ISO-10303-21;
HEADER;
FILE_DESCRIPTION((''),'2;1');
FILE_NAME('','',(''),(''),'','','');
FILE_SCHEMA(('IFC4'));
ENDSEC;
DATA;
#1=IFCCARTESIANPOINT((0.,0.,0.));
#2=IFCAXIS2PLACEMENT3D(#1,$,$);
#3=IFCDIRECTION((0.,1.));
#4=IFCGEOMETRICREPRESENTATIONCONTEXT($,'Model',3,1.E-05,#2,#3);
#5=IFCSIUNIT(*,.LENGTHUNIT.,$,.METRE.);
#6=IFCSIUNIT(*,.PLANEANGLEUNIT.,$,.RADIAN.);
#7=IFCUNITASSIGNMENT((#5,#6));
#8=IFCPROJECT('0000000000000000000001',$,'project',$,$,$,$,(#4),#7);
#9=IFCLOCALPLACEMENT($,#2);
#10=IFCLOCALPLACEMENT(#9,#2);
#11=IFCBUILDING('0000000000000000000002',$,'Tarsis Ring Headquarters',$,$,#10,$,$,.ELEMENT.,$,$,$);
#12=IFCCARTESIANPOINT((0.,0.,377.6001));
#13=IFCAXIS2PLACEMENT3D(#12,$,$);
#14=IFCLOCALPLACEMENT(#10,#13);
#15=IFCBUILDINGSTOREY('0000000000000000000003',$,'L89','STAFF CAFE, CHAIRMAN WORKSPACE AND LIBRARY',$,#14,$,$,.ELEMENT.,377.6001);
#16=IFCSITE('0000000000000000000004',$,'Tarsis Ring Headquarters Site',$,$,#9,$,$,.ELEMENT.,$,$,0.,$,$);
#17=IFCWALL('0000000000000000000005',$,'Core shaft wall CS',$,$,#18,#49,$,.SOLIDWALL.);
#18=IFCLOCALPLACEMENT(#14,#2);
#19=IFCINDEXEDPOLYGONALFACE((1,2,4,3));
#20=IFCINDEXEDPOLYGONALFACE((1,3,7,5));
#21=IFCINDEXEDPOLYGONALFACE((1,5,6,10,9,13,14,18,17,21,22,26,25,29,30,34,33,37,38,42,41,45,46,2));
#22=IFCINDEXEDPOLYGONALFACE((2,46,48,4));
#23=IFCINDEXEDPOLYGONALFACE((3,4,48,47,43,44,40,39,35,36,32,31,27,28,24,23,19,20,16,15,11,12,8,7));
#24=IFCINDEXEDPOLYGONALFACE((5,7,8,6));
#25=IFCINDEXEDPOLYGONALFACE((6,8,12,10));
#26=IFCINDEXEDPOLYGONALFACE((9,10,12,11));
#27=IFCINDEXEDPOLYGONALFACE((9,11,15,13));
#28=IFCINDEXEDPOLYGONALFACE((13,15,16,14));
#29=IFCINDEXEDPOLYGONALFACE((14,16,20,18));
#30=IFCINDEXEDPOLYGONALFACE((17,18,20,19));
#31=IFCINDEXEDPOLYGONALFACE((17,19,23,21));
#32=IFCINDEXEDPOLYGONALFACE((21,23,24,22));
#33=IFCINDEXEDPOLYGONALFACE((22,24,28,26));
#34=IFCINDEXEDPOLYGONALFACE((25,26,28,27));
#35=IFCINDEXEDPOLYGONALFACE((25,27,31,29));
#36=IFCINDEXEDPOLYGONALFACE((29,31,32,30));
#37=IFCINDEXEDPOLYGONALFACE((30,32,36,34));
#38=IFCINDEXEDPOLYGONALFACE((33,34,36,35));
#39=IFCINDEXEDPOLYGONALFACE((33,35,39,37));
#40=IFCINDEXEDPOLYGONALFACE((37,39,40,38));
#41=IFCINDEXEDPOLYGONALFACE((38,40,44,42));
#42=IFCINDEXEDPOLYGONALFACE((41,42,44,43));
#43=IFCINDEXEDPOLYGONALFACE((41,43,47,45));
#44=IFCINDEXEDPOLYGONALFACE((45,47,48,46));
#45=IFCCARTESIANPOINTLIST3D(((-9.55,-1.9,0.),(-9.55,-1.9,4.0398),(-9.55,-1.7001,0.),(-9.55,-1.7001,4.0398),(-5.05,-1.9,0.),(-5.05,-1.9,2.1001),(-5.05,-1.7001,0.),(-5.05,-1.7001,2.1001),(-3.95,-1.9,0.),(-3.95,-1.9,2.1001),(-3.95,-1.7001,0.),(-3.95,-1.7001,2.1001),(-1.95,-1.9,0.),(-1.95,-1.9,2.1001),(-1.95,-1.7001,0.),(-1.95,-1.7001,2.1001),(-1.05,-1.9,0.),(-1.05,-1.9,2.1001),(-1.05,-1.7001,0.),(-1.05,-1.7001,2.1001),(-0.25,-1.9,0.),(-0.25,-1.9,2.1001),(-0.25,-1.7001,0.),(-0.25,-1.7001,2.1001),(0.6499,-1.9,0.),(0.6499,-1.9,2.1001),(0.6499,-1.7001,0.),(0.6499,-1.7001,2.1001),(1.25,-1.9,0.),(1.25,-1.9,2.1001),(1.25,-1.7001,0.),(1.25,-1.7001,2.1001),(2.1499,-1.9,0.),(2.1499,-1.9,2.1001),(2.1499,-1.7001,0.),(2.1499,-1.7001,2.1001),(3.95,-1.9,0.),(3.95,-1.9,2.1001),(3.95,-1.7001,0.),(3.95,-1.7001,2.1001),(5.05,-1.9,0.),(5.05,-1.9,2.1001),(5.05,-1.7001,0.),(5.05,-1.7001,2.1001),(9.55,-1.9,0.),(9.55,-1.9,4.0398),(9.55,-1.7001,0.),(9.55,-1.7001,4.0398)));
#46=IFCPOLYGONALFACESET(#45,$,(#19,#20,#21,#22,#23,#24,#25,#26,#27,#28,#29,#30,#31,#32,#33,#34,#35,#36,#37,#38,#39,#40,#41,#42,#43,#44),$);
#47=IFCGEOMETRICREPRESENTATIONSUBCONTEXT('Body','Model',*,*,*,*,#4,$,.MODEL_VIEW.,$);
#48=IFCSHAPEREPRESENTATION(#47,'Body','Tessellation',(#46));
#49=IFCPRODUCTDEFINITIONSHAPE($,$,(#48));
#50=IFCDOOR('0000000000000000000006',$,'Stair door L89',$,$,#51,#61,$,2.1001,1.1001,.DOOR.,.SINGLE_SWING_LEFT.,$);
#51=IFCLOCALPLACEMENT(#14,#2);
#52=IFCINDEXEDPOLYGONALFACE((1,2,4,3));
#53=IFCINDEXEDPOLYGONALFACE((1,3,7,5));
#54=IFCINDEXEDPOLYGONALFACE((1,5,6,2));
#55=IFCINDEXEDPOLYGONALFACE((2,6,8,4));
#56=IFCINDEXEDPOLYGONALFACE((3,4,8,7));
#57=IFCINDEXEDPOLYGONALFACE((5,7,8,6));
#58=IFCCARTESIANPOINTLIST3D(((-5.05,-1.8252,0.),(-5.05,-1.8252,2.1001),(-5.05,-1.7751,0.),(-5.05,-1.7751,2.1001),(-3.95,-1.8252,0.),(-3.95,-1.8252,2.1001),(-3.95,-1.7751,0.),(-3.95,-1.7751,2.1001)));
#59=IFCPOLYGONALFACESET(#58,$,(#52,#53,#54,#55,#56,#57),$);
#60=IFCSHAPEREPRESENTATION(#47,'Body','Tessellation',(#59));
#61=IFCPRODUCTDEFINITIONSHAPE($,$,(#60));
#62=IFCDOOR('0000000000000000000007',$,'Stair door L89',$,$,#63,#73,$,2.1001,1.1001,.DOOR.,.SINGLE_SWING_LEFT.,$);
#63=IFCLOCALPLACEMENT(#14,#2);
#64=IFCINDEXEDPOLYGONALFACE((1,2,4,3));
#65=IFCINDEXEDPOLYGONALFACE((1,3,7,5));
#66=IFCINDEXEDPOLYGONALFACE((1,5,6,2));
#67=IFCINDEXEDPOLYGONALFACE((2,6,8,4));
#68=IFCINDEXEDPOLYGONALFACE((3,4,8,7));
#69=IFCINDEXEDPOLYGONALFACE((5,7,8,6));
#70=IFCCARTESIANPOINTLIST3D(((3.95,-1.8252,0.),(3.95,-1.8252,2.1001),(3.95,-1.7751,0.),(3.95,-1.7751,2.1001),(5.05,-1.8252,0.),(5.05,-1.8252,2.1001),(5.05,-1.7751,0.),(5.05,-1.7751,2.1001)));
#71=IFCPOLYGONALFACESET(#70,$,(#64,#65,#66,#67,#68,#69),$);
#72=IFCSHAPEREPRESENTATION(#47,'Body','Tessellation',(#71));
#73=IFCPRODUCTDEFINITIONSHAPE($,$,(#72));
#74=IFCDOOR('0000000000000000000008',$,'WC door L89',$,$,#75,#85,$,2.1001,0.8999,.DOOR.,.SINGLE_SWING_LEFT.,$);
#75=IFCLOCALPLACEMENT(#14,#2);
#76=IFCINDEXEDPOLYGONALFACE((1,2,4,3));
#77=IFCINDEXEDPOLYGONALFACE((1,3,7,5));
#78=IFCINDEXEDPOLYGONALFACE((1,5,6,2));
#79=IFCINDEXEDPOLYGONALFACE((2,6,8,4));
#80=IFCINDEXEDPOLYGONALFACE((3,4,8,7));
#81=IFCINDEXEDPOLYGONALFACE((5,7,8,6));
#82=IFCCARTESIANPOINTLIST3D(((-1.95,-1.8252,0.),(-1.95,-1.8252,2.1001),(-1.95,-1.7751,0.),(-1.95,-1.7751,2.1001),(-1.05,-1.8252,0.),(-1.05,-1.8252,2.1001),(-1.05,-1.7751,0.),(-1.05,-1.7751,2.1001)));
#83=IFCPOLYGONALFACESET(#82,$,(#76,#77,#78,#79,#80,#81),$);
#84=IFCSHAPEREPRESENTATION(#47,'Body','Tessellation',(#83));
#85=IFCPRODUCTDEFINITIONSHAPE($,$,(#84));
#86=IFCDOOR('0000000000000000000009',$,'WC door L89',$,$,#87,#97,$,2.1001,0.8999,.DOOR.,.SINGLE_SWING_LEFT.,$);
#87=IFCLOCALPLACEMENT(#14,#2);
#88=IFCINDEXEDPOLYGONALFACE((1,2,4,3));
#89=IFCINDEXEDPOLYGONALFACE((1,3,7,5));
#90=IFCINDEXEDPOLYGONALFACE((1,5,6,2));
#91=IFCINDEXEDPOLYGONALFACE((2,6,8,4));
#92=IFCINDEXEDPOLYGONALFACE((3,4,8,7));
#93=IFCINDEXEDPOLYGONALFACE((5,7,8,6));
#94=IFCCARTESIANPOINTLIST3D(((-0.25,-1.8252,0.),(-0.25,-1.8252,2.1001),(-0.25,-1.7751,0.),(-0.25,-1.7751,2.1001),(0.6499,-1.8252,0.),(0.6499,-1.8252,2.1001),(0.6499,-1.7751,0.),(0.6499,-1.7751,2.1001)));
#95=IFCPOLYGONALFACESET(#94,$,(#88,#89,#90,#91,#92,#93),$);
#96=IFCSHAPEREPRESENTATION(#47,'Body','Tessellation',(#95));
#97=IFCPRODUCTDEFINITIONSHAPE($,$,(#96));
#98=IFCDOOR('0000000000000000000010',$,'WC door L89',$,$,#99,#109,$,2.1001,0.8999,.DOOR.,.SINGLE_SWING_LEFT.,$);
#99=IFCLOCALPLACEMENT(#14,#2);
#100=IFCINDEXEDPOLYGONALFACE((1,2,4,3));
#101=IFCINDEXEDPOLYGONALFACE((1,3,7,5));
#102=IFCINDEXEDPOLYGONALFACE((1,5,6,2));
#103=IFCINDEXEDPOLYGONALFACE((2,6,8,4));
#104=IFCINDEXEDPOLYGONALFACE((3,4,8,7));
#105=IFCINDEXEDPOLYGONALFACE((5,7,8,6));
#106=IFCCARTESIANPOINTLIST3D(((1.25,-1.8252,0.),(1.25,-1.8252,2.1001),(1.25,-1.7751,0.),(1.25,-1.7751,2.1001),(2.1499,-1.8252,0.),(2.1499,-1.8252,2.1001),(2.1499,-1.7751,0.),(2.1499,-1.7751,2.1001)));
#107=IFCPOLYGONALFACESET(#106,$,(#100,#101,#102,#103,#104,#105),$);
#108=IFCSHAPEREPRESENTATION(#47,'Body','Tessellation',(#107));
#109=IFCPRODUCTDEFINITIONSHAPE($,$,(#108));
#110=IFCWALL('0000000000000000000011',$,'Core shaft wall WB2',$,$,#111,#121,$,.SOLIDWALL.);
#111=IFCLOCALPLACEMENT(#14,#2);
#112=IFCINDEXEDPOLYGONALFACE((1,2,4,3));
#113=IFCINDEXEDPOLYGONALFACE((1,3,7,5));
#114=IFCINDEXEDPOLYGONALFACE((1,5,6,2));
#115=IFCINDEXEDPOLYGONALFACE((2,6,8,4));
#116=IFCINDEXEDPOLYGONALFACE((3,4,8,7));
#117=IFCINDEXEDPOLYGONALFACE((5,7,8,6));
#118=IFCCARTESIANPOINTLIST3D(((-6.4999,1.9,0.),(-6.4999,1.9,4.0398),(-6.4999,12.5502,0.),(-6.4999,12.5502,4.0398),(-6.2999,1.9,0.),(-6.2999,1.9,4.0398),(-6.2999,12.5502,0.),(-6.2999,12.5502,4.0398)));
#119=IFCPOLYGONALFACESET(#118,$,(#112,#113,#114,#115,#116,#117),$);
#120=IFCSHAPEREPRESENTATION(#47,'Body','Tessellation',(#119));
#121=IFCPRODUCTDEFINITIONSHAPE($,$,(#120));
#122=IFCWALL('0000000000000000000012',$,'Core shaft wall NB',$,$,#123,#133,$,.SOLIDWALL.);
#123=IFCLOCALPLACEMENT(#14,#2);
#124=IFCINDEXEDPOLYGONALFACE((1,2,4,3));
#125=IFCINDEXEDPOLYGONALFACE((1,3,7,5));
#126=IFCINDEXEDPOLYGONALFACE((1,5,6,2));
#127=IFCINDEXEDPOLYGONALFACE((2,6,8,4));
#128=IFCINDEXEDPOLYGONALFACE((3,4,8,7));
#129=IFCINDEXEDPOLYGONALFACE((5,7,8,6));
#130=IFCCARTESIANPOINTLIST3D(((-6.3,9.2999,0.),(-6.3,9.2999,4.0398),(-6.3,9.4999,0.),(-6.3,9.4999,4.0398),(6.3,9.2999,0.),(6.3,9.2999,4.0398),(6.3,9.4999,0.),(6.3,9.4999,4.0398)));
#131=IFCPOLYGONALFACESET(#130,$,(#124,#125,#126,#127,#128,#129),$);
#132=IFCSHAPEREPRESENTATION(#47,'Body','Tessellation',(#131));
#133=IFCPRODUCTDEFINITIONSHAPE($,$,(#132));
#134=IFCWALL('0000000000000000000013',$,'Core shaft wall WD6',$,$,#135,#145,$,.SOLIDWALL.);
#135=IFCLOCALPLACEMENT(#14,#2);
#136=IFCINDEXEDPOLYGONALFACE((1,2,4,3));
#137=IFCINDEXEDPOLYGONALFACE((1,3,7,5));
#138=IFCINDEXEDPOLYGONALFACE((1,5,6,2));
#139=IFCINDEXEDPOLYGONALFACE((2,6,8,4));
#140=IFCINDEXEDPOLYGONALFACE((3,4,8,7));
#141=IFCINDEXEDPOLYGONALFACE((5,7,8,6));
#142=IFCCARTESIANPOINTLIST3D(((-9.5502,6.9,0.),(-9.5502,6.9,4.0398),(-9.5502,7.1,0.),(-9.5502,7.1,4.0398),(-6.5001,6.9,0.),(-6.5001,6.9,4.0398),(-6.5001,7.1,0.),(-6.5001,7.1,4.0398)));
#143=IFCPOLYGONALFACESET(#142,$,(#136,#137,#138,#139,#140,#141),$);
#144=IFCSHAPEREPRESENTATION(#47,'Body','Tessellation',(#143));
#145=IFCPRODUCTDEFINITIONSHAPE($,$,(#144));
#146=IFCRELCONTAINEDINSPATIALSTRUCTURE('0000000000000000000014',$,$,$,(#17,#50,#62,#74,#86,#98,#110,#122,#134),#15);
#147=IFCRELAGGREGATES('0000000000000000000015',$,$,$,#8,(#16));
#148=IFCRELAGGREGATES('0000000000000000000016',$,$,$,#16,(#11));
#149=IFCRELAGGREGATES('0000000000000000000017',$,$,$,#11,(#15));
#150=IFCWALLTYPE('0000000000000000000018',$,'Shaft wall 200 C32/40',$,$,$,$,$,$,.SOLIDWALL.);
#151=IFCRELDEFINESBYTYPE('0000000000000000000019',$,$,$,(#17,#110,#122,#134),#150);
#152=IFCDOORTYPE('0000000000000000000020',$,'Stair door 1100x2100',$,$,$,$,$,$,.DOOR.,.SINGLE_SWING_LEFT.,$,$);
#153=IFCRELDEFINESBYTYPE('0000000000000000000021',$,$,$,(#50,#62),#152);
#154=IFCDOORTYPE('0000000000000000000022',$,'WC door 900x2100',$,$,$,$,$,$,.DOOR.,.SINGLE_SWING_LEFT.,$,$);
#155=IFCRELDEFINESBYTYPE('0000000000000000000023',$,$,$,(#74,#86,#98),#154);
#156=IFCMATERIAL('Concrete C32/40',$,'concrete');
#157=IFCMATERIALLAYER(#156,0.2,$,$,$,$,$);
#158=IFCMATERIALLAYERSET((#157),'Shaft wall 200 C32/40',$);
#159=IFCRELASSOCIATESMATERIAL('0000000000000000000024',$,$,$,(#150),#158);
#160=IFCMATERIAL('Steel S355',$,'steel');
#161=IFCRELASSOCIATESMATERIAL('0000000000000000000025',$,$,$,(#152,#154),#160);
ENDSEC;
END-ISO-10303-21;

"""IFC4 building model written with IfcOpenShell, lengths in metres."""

from ifc_helpers import new_model, si_unit, direction, frame, frame_2d, origin, place, context, subcontext, project, spatial, rectangle, extrude, material, layer, layer_set, type_object, element, fill, save


model = new_model("IFC4")

# Units and contexts
model_context = context("Model", 3, precision=1e-05, world=origin(), true_north=direction((0.0, 1.0)))
body_context = subcontext(model_context, "Body", "Model", "MODEL_VIEW")
ifc_project = project(units=[si_unit("LENGTHUNIT", "METRE"), si_unit("PLANEANGLEUNIT", "RADIAN")], contexts=[model_context])

# Site, building, storey
site_placement = place(None, origin())
site = spatial("IfcSite", under=ifc_project, at=site_placement, Name="Tarsis Ring Headquarters Site", CompositionType="ELEMENT", RefElevation=0.0)
building_placement = place(site_placement, origin())
building = spatial("IfcBuilding", under=site, at=building_placement, Name="Tarsis Ring Headquarters", CompositionType="ELEMENT")
storey_placement = place(building_placement, frame((0.0, 0.0, 377.6001)))
storey = spatial("IfcBuildingStorey", under=building, at=storey_placement, Name="L89", Description="STAFF CAFE, CHAIRMAN WORKSPACE AND LIBRARY", CompositionType="ELEMENT", Elevation=377.6001)

# Shared definitions
ifc_material_1 = material(Name="Steel S355", Category="steel")

# Shared definitions
ifc_material_2 = material(Name="Concrete C32/40", Category="concrete")

# Wall, openings, doors
ifc_layer_1 = layer(ifc_material_2, 0.2)
ifc_layer_set_1 = layer_set([ifc_layer_1], Name="Shaft wall 200 C32/40")
wall_type_1 = type_object("IfcWallType", Name="Shaft wall 200 C32/40", PredefinedType="SOLIDWALL", material=ifc_layer_set_1)
door_type_1 = type_object("IfcDoorType", Name="Stair door 1100x2100", OperationType="SINGLE_SWING_LEFT", PredefinedType="DOOR", material=ifc_material_1)
wall_1_placement = place(storey_placement, frame((-9.55, -1.8, 0.0), z_axis=(0.0, 0.0, 1.0), x_axis=(1.0, 0.0, 0.0)))
wall_1 = element("IfcWall", 1, at=wall_1_placement, inside=storey, type_object=wall_type_1, Name="Core shaft wall CS", PredefinedType="SOLIDWALL", context=body_context, shape_type="SweptSolid", body=[
    extrude(rectangle(XDim=19.1001, YDim=0.2, at=frame_2d((9.55, 0.0))), origin(), (0.0, 0.0, 1.0), 4.0398),
])
opening_1_placement = place(wall_1_placement, frame((4.5, 0.0, 0.0)))
opening_1 = element("IfcOpeningElement", 2, at=opening_1_placement, cuts=wall_1, PredefinedType="OPENING", context=body_context, shape_type="SweptSolid", body=[
    extrude(rectangle(XDim=1.1001, YDim=2.1001, at=frame_2d((0.55, 1.05))), frame((0.0, 0.1099, 0.0), z_axis=(0.0, -1.0, 0.0), x_axis=(1.0, 0.0, 0.0)), (0.0, 0.0, 1.0), 0.22),
])
opening_2_placement = place(wall_1_placement, frame((7.6001, 0.0, 0.0)))
opening_2 = element("IfcOpeningElement", 3, at=opening_2_placement, cuts=wall_1, PredefinedType="OPENING", context=body_context, shape_type="SweptSolid", body=[
    extrude(rectangle(XDim=0.8999, YDim=2.1001, at=frame_2d((0.45, 1.05))), frame((0.0, 0.1099, 0.0), z_axis=(0.0, -1.0, 0.0), x_axis=(1.0, 0.0, 0.0)), (0.0, 0.0, 1.0), 0.22),
])
opening_3_placement = place(wall_1_placement, frame((9.3, 0.0, 0.0)))
opening_3 = element("IfcOpeningElement", 4, at=opening_3_placement, cuts=wall_1, PredefinedType="OPENING", context=body_context, shape_type="SweptSolid", body=[
    extrude(rectangle(XDim=0.8999, YDim=2.1001, at=frame_2d((0.45, 1.05))), frame((0.0, 0.1099, 0.0), z_axis=(0.0, -1.0, 0.0), x_axis=(1.0, 0.0, 0.0)), (0.0, 0.0, 1.0), 0.22),
])
opening_4_placement = place(wall_1_placement, frame((10.8, 0.0, 0.0)))
opening_4 = element("IfcOpeningElement", 5, at=opening_4_placement, cuts=wall_1, PredefinedType="OPENING", context=body_context, shape_type="SweptSolid", body=[
    extrude(rectangle(XDim=0.8999, YDim=2.1001, at=frame_2d((0.45, 1.05))), frame((0.0, 0.1099, 0.0), z_axis=(0.0, -1.0, 0.0), x_axis=(1.0, 0.0, 0.0)), (0.0, 0.0, 1.0), 0.22),
])
opening_5_placement = place(wall_1_placement, frame((13.5, 0.0, 0.0)))
opening_5 = element("IfcOpeningElement", 6, at=opening_5_placement, cuts=wall_1, PredefinedType="OPENING", context=body_context, shape_type="SweptSolid", body=[
    extrude(rectangle(XDim=1.1001, YDim=2.1001, at=frame_2d((0.55, 1.05))), frame((0.0, 0.1099, 0.0), z_axis=(0.0, -1.0, 0.0), x_axis=(1.0, 0.0, 0.0)), (0.0, 0.0, 1.0), 0.22),
])
door_1_placement = place(opening_1_placement, origin())
door_1 = element("IfcDoor", 7, at=door_1_placement, inside=storey, type_object=door_type_1, Name="Stair door L89", OperationType="SINGLE_SWING_LEFT", OverallHeight=2.1001, OverallWidth=1.1001, PredefinedType="DOOR", context=body_context, shape_type="SweptSolid", body=[
    extrude(rectangle(XDim=1.1001, YDim=2.1001, at=frame_2d((0.55, 1.05))), frame((0.0, 0.0249, 0.0), z_axis=(0.0, -1.0, 0.0), x_axis=(1.0, 0.0, 0.0)), (0.0, 0.0, 1.0), 0.05),
])
fill(opening_1, door_1)
door_2_placement = place(opening_5_placement, origin())
door_2 = element("IfcDoor", 8, at=door_2_placement, inside=storey, type_object=door_type_1, Name="Stair door L89", OperationType="SINGLE_SWING_LEFT", OverallHeight=2.1001, OverallWidth=1.1001, PredefinedType="DOOR", context=body_context, shape_type="SweptSolid", body=[
    extrude(rectangle(XDim=1.1001, YDim=2.1001, at=frame_2d((0.55, 1.05))), frame((0.0, 0.0249, 0.0), z_axis=(0.0, -1.0, 0.0), x_axis=(1.0, 0.0, 0.0)), (0.0, 0.0, 1.0), 0.05),
])
fill(opening_5, door_2)
door_type_2 = type_object("IfcDoorType", Name="WC door 900x2100", OperationType="SINGLE_SWING_LEFT", PredefinedType="DOOR", material=ifc_material_1)
door_3_placement = place(opening_2_placement, origin())
door_3 = element("IfcDoor", 9, at=door_3_placement, inside=storey, type_object=door_type_2, Name="WC door L89", OperationType="SINGLE_SWING_LEFT", OverallHeight=2.1001, OverallWidth=0.8999, PredefinedType="DOOR", context=body_context, shape_type="SweptSolid", body=[
    extrude(rectangle(XDim=0.8999, YDim=2.1001, at=frame_2d((0.45, 1.05))), frame((0.0, 0.0249, 0.0), z_axis=(0.0, -1.0, 0.0), x_axis=(1.0, 0.0, 0.0)), (0.0, 0.0, 1.0), 0.05),
])
fill(opening_2, door_3)
door_4_placement = place(opening_3_placement, origin())
door_4 = element("IfcDoor", 10, at=door_4_placement, inside=storey, type_object=door_type_2, Name="WC door L89", OperationType="SINGLE_SWING_LEFT", OverallHeight=2.1001, OverallWidth=0.8999, PredefinedType="DOOR", context=body_context, shape_type="SweptSolid", body=[
    extrude(rectangle(XDim=0.8999, YDim=2.1001, at=frame_2d((0.45, 1.05))), frame((0.0, 0.0249, 0.0), z_axis=(0.0, -1.0, 0.0), x_axis=(1.0, 0.0, 0.0)), (0.0, 0.0, 1.0), 0.05),
])
fill(opening_3, door_4)
door_5_placement = place(opening_4_placement, origin())
door_5 = element("IfcDoor", 11, at=door_5_placement, inside=storey, type_object=door_type_2, Name="WC door L89", OperationType="SINGLE_SWING_LEFT", OverallHeight=2.1001, OverallWidth=0.8999, PredefinedType="DOOR", context=body_context, shape_type="SweptSolid", body=[
    extrude(rectangle(XDim=0.8999, YDim=2.1001, at=frame_2d((0.45, 1.05))), frame((0.0, 0.0249, 0.0), z_axis=(0.0, -1.0, 0.0), x_axis=(1.0, 0.0, 0.0)), (0.0, 0.0, 1.0), 0.05),
])
fill(opening_4, door_5)

# Walls
wall_2_placement = place(storey_placement, frame((-6.3999, 1.8999, 0.0), z_axis=(0.0, 0.0, 1.0), x_axis=(0.0, 1.0, 0.0)))
element("IfcWall", 12, at=wall_2_placement, inside=storey, type_object=wall_type_1, Name="Core shaft wall WB2", PredefinedType="SOLIDWALL", context=body_context, shape_type="SweptSolid", body=[
    extrude(rectangle(XDim=10.6501, YDim=0.2, at=frame_2d((5.3252, 0.0))), origin(), (0.0, 0.0, 1.0), 4.0398),
])
wall_3_placement = place(storey_placement, frame((-6.3, 9.3999, 0.0), z_axis=(0.0, 0.0, 1.0), x_axis=(1.0, 0.0, 0.0)))
element("IfcWall", 13, at=wall_3_placement, inside=storey, type_object=wall_type_1, Name="Core shaft wall NB", PredefinedType="SOLIDWALL", context=body_context, shape_type="SweptSolid", body=[
    extrude(rectangle(XDim=12.6001, YDim=0.2, at=frame_2d((6.3, 0.0))), origin(), (0.0, 0.0, 1.0), 4.0398),
])
wall_4_placement = place(storey_placement, frame((-9.55, 7.0, 0.0), z_axis=(0.0, 0.0, 1.0), x_axis=(1.0, 0.0, 0.0)))
element("IfcWall", 14, at=wall_4_placement, inside=storey, type_object=wall_type_1, Name="Core shaft wall WD6", PredefinedType="SOLIDWALL", context=body_context, shape_type="SweptSolid", body=[
    extrude(rectangle(XDim=3.05, YDim=0.2, at=frame_2d((1.5249, 0.0))), origin(), (0.0, 0.0, 1.0), 4.0398),
])

save(model, "model.ifc")
